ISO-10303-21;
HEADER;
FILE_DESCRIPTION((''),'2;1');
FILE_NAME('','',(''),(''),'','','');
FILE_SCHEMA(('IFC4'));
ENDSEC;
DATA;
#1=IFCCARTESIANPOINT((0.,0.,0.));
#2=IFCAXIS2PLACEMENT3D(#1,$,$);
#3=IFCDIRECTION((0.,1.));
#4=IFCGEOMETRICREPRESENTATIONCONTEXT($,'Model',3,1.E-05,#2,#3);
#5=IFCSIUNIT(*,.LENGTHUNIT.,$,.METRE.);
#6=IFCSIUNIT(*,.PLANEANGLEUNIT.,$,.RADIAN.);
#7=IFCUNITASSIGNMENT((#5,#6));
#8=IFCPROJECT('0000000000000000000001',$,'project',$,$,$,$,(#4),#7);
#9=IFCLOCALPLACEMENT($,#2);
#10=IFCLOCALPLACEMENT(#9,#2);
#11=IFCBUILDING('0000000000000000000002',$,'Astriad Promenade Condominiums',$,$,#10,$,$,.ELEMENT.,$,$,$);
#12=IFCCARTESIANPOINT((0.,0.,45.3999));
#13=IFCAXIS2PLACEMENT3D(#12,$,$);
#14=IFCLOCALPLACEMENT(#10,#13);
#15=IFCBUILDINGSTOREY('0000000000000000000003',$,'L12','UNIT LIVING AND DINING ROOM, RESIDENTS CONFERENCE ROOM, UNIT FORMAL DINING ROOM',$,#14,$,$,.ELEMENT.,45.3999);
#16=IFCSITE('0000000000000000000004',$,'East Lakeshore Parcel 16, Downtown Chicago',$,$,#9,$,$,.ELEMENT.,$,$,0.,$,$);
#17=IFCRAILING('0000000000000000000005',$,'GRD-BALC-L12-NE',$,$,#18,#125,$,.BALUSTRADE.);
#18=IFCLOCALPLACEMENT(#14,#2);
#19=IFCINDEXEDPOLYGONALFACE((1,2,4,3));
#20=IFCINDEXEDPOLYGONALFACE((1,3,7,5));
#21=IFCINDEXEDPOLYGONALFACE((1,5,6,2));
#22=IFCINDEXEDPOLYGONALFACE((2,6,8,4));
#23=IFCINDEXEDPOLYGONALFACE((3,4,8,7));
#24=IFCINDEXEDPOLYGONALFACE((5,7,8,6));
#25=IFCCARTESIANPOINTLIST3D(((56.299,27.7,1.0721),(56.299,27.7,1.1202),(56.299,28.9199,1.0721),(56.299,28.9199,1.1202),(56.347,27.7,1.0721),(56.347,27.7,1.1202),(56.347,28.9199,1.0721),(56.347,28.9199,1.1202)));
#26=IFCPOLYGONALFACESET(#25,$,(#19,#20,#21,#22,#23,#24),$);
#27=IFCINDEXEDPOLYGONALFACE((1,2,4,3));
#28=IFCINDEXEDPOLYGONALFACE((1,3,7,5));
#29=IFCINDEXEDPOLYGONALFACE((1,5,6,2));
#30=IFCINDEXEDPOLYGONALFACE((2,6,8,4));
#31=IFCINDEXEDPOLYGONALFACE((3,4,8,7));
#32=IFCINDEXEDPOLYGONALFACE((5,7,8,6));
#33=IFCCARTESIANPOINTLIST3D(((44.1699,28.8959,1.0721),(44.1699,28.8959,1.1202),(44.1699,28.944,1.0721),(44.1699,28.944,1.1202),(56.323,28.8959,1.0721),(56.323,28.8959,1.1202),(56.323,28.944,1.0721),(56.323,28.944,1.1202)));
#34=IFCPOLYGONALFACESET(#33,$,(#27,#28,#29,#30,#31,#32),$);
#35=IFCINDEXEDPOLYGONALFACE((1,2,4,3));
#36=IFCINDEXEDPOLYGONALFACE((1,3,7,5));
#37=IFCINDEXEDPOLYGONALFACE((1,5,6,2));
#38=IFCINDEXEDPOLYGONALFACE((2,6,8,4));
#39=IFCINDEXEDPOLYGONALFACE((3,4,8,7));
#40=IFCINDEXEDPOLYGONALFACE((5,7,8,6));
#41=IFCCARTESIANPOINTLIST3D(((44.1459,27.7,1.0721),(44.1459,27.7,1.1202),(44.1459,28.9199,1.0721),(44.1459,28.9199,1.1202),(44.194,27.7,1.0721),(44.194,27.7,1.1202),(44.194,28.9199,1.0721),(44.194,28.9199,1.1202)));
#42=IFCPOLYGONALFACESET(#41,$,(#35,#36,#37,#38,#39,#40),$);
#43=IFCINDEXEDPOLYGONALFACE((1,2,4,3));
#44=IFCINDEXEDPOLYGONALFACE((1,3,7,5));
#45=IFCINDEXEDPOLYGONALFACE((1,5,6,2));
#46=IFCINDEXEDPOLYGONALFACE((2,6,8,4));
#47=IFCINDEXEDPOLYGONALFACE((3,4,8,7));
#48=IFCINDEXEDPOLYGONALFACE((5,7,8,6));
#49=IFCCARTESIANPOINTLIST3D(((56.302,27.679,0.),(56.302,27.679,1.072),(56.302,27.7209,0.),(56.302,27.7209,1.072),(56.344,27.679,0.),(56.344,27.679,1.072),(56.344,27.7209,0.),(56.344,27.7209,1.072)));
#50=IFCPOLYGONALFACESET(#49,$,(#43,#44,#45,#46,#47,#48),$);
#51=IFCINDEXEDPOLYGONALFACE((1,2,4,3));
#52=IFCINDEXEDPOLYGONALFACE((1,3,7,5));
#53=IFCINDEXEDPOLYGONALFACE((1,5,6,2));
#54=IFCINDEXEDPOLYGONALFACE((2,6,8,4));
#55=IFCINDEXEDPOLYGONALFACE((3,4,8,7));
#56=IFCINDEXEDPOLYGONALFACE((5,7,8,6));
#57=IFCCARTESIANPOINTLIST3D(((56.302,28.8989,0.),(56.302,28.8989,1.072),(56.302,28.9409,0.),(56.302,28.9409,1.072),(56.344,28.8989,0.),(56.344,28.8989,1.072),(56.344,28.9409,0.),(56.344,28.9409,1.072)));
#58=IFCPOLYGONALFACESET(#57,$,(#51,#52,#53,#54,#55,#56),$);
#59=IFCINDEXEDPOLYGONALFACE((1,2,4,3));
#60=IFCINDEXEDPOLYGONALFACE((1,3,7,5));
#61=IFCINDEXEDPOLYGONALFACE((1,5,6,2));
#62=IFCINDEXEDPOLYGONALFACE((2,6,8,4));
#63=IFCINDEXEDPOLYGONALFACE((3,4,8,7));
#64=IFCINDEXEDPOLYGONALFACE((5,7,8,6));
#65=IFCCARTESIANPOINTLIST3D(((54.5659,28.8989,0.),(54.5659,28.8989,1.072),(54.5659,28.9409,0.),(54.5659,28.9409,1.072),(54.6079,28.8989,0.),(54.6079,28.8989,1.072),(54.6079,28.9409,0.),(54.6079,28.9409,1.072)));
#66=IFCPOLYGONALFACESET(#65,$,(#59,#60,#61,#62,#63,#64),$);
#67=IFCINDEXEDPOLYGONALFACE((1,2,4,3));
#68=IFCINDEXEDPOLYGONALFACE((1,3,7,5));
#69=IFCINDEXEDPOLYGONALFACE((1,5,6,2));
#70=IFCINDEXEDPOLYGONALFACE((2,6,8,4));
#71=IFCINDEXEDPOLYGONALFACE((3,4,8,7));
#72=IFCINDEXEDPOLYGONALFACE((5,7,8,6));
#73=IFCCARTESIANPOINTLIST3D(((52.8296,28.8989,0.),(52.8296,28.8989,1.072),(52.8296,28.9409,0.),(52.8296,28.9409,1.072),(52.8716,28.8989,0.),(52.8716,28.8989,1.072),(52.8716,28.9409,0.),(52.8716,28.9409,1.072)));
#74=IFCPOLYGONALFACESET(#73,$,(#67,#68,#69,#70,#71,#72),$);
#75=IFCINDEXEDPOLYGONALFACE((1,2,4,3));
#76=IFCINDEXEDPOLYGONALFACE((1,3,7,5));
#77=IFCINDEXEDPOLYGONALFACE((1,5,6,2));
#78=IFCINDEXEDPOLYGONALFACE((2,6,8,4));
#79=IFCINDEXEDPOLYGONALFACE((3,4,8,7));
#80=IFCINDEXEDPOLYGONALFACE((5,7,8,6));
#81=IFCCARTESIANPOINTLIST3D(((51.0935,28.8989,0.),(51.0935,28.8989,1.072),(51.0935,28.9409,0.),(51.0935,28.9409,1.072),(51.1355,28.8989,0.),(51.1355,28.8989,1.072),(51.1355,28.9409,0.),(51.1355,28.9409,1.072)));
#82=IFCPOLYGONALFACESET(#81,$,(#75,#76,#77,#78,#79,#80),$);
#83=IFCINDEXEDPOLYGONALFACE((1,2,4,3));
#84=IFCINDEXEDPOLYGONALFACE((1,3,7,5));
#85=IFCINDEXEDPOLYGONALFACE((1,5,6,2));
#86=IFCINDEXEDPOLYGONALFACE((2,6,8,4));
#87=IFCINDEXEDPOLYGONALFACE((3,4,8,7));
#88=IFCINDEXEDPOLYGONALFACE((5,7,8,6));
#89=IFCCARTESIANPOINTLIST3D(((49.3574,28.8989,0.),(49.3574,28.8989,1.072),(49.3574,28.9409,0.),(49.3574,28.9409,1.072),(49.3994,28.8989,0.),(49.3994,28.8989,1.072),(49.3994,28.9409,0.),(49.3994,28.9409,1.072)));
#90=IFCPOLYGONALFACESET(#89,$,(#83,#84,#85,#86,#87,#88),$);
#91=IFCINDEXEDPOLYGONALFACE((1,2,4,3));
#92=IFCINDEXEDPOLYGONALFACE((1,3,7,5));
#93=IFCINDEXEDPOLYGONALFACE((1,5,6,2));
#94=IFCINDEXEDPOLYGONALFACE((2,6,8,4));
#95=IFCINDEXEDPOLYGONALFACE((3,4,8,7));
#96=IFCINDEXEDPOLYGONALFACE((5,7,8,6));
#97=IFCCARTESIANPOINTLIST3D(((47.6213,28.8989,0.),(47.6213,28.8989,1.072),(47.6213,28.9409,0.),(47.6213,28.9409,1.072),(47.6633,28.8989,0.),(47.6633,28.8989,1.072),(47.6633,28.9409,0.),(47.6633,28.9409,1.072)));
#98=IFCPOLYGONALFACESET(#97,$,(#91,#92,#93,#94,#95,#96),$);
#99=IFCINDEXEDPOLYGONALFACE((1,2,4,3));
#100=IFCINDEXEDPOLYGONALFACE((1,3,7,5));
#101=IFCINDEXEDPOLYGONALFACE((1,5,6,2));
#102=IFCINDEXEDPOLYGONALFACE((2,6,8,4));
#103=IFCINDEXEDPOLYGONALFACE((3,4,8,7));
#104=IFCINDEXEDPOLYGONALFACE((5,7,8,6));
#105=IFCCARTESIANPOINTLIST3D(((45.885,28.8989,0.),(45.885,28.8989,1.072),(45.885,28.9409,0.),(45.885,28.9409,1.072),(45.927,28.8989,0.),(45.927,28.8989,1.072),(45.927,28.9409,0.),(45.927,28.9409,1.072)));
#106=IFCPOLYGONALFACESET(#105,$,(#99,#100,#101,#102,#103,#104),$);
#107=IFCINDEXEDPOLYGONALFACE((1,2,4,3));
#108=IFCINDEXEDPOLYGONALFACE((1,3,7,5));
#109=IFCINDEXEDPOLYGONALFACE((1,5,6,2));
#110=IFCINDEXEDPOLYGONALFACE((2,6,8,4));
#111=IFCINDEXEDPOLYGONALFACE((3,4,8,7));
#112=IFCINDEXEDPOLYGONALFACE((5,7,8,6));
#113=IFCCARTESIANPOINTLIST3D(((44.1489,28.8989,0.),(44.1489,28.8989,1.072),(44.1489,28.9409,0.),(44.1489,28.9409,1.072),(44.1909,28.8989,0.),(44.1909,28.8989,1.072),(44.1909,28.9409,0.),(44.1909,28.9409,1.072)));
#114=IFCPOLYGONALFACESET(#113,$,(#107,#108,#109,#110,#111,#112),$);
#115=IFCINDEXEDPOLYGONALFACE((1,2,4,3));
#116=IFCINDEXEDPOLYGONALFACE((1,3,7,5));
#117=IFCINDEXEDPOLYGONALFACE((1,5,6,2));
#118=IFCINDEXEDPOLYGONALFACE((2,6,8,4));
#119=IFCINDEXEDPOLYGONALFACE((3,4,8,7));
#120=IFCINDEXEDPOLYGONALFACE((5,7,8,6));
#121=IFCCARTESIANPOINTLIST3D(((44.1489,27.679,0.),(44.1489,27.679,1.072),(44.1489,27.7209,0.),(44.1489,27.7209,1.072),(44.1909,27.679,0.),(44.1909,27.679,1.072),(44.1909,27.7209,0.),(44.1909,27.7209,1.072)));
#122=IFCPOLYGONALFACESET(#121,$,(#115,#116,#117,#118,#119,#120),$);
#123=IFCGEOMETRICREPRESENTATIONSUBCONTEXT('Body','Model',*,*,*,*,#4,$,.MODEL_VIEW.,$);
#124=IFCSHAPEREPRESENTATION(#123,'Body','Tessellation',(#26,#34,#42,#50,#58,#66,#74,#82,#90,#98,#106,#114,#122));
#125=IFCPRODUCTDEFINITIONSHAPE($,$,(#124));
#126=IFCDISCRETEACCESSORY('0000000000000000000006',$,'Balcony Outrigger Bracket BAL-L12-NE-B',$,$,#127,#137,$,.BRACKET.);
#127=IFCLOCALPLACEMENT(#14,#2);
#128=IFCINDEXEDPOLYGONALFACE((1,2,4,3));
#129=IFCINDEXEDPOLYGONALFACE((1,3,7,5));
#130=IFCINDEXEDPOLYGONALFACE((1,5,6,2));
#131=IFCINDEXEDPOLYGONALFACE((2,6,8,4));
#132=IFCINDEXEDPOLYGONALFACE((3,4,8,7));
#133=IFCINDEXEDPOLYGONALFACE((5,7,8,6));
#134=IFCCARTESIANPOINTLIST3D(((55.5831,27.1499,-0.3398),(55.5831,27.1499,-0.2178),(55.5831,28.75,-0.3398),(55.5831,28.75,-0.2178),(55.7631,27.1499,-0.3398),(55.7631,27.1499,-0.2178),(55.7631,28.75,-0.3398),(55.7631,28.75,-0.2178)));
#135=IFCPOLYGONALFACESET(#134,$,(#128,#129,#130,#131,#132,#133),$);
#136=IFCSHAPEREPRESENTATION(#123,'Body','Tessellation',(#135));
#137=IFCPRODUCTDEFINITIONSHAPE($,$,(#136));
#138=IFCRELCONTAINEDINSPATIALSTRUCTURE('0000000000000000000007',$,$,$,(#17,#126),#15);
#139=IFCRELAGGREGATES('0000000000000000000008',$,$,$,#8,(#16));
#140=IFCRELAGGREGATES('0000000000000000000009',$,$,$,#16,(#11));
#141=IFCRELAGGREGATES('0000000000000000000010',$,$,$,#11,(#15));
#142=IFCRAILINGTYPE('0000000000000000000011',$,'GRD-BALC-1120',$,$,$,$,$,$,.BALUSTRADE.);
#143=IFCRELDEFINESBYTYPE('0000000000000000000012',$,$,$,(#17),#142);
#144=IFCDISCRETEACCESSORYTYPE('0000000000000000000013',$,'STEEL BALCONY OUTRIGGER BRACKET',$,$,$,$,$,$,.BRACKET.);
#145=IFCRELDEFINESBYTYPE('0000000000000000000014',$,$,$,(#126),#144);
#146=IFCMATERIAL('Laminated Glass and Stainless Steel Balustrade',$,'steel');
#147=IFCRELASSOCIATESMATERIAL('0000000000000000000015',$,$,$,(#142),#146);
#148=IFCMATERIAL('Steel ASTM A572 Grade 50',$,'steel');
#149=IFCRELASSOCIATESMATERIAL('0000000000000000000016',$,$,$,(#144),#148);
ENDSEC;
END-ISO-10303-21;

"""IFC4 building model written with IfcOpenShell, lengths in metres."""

from ifc_helpers import new_model, si_unit, direction, frame, origin, origin_2d, place, context, subcontext, project, spatial, rectangle, extrude, source, transform, mapped, material, type_object, type_shapes, element, save


model = new_model("IFC4")

# Units and contexts
model_context = context("Model", 3, precision=1e-05, world=origin(), true_north=direction((0.0, 1.0)))
body_context = subcontext(model_context, "Body", "Model", "MODEL_VIEW")
ifc_project = project(units=[si_unit("LENGTHUNIT", "METRE"), si_unit("PLANEANGLEUNIT", "RADIAN")], contexts=[model_context])

# Site, building, storey
site_placement = place(None, origin())
site = spatial("IfcSite", under=ifc_project, at=site_placement, Name="East Lakeshore Parcel 16, Downtown Chicago", CompositionType="ELEMENT", RefElevation=0.0)
building_placement = place(site_placement, origin())
building = spatial("IfcBuilding", under=site, at=building_placement, Name="Astriad Promenade Condominiums", CompositionType="ELEMENT")
storey_placement = place(building_placement, frame((0.0, 0.0, 45.3999)))
storey = spatial("IfcBuildingStorey", under=building, at=storey_placement, Name="L12", Description="UNIT LIVING AND DINING ROOM, RESIDENTS CONFERENCE ROOM, UNIT FORMAL DINING ROOM", CompositionType="ELEMENT", Elevation=45.3999)

# Railing
ifc_material_1 = material(Name="Laminated Glass and Stainless Steel Balustrade", Category="steel")
railing_type = type_object("IfcRailingType", Name="GRD-BALC-1120", PredefinedType="BALUSTRADE", material=ifc_material_1)
shared_shape_1 = source(origin(), body_context, "Body", "SweptSolid", [
    extrude(rectangle(XDim=0.0481, YDim=0.0481, at=origin_2d()), frame((0.0, 0.0, 1.0962), z_axis=(0.0, 1.0, 0.0), x_axis=(-1.0, 0.0, 0.0)), (0.0, 0.0, 1.0), 1.22),
    extrude(rectangle(XDim=0.0481, YDim=0.0481, at=origin_2d()), frame((0.0, 1.22, 1.0962), z_axis=(-1.0, 0.0, 0.0), x_axis=(0.0, -1.0, 0.0)), (0.0, 0.0, 1.0), 12.1531),
    extrude(rectangle(XDim=0.0481, YDim=0.0481, at=origin_2d()), frame((-12.1531, 1.22, 1.0962), z_axis=(0.0, -1.0, 0.0), x_axis=(1.0, 0.0, 0.0)), (0.0, 0.0, 1.0), 1.22),
    extrude(rectangle(XDim=0.042, YDim=0.042, at=origin_2d()), origin(), (0.0, 0.0, 1.0), 1.072),
    extrude(rectangle(XDim=0.042, YDim=0.042, at=origin_2d()), frame((0.0, 1.22, 0.0)), (0.0, 0.0, 1.0), 1.072),
    extrude(rectangle(XDim=0.042, YDim=0.042, at=origin_2d()), frame((-1.7361, 1.22, 0.0)), (0.0, 0.0, 1.0), 1.072),
    extrude(rectangle(XDim=0.042, YDim=0.042, at=origin_2d()), frame((-3.4724, 1.22, 0.0)), (0.0, 0.0, 1.0), 1.072),
    extrude(rectangle(XDim=0.042, YDim=0.042, at=origin_2d()), frame((-5.2085, 1.22, 0.0)), (0.0, 0.0, 1.0), 1.072),
    extrude(rectangle(XDim=0.042, YDim=0.042, at=origin_2d()), frame((-6.9446, 1.22, 0.0)), (0.0, 0.0, 1.0), 1.072),
    extrude(rectangle(XDim=0.042, YDim=0.042, at=origin_2d()), frame((-8.6807, 1.22, 0.0)), (0.0, 0.0, 1.0), 1.072),
    extrude(rectangle(XDim=0.042, YDim=0.042, at=origin_2d()), frame((-10.417, 1.22, 0.0)), (0.0, 0.0, 1.0), 1.072),
    extrude(rectangle(XDim=0.042, YDim=0.042, at=origin_2d()), frame((-12.1531, 1.22, 0.0)), (0.0, 0.0, 1.0), 1.072),
    extrude(rectangle(XDim=0.042, YDim=0.042, at=origin_2d()), frame((-12.1531, 0.0, 0.0)), (0.0, 0.0, 1.0), 1.072),
])
type_shapes(railing_type, [shared_shape_1])
railing_placement = place(storey_placement, frame((56.323, 27.7, 0.0)))
element("IfcRailing", 1, at=railing_placement, inside=storey, type_object=railing_type, Name="GRD-BALC-L12-NE", PredefinedType="BALUSTRADE", context=body_context, shape_type="MappedRepresentation", body=[
    mapped(shared_shape_1, transform((0.0, 0.0, 0.0), scale=1.0)),
])

# Discrete accessory
ifc_material_2 = material(Name="Steel ASTM A572 Grade 50", Category="steel")
discrete_accessory_type = type_object("IfcDiscreteAccessoryType", Name="STEEL BALCONY OUTRIGGER BRACKET", PredefinedType="BRACKET", material=ifc_material_2)
shared_shape_2 = source(origin(), body_context, "Body", "SweptSolid", [
    extrude(rectangle(XDim=1.6001, YDim=0.1799, at=origin_2d()), origin(), (0.0, 0.0, 1.0), 0.1221),
])
type_shapes(discrete_accessory_type, [shared_shape_2])
discrete_accessory_placement = place(storey_placement, frame((55.6731, 27.95, -0.3398), z_axis=(0.0, 0.0, 1.0), x_axis=(0.0, 1.0, 0.0)))
element("IfcDiscreteAccessory", 2, at=discrete_accessory_placement, inside=storey, type_object=discrete_accessory_type, Name="Balcony Outrigger Bracket BAL-L12-NE-B", PredefinedType="BRACKET", context=body_context, shape_type="MappedRepresentation", body=[
    mapped(shared_shape_2, transform((0.0, 0.0, 0.0), scale=1.0)),
])

save(model, "model.ifc")
